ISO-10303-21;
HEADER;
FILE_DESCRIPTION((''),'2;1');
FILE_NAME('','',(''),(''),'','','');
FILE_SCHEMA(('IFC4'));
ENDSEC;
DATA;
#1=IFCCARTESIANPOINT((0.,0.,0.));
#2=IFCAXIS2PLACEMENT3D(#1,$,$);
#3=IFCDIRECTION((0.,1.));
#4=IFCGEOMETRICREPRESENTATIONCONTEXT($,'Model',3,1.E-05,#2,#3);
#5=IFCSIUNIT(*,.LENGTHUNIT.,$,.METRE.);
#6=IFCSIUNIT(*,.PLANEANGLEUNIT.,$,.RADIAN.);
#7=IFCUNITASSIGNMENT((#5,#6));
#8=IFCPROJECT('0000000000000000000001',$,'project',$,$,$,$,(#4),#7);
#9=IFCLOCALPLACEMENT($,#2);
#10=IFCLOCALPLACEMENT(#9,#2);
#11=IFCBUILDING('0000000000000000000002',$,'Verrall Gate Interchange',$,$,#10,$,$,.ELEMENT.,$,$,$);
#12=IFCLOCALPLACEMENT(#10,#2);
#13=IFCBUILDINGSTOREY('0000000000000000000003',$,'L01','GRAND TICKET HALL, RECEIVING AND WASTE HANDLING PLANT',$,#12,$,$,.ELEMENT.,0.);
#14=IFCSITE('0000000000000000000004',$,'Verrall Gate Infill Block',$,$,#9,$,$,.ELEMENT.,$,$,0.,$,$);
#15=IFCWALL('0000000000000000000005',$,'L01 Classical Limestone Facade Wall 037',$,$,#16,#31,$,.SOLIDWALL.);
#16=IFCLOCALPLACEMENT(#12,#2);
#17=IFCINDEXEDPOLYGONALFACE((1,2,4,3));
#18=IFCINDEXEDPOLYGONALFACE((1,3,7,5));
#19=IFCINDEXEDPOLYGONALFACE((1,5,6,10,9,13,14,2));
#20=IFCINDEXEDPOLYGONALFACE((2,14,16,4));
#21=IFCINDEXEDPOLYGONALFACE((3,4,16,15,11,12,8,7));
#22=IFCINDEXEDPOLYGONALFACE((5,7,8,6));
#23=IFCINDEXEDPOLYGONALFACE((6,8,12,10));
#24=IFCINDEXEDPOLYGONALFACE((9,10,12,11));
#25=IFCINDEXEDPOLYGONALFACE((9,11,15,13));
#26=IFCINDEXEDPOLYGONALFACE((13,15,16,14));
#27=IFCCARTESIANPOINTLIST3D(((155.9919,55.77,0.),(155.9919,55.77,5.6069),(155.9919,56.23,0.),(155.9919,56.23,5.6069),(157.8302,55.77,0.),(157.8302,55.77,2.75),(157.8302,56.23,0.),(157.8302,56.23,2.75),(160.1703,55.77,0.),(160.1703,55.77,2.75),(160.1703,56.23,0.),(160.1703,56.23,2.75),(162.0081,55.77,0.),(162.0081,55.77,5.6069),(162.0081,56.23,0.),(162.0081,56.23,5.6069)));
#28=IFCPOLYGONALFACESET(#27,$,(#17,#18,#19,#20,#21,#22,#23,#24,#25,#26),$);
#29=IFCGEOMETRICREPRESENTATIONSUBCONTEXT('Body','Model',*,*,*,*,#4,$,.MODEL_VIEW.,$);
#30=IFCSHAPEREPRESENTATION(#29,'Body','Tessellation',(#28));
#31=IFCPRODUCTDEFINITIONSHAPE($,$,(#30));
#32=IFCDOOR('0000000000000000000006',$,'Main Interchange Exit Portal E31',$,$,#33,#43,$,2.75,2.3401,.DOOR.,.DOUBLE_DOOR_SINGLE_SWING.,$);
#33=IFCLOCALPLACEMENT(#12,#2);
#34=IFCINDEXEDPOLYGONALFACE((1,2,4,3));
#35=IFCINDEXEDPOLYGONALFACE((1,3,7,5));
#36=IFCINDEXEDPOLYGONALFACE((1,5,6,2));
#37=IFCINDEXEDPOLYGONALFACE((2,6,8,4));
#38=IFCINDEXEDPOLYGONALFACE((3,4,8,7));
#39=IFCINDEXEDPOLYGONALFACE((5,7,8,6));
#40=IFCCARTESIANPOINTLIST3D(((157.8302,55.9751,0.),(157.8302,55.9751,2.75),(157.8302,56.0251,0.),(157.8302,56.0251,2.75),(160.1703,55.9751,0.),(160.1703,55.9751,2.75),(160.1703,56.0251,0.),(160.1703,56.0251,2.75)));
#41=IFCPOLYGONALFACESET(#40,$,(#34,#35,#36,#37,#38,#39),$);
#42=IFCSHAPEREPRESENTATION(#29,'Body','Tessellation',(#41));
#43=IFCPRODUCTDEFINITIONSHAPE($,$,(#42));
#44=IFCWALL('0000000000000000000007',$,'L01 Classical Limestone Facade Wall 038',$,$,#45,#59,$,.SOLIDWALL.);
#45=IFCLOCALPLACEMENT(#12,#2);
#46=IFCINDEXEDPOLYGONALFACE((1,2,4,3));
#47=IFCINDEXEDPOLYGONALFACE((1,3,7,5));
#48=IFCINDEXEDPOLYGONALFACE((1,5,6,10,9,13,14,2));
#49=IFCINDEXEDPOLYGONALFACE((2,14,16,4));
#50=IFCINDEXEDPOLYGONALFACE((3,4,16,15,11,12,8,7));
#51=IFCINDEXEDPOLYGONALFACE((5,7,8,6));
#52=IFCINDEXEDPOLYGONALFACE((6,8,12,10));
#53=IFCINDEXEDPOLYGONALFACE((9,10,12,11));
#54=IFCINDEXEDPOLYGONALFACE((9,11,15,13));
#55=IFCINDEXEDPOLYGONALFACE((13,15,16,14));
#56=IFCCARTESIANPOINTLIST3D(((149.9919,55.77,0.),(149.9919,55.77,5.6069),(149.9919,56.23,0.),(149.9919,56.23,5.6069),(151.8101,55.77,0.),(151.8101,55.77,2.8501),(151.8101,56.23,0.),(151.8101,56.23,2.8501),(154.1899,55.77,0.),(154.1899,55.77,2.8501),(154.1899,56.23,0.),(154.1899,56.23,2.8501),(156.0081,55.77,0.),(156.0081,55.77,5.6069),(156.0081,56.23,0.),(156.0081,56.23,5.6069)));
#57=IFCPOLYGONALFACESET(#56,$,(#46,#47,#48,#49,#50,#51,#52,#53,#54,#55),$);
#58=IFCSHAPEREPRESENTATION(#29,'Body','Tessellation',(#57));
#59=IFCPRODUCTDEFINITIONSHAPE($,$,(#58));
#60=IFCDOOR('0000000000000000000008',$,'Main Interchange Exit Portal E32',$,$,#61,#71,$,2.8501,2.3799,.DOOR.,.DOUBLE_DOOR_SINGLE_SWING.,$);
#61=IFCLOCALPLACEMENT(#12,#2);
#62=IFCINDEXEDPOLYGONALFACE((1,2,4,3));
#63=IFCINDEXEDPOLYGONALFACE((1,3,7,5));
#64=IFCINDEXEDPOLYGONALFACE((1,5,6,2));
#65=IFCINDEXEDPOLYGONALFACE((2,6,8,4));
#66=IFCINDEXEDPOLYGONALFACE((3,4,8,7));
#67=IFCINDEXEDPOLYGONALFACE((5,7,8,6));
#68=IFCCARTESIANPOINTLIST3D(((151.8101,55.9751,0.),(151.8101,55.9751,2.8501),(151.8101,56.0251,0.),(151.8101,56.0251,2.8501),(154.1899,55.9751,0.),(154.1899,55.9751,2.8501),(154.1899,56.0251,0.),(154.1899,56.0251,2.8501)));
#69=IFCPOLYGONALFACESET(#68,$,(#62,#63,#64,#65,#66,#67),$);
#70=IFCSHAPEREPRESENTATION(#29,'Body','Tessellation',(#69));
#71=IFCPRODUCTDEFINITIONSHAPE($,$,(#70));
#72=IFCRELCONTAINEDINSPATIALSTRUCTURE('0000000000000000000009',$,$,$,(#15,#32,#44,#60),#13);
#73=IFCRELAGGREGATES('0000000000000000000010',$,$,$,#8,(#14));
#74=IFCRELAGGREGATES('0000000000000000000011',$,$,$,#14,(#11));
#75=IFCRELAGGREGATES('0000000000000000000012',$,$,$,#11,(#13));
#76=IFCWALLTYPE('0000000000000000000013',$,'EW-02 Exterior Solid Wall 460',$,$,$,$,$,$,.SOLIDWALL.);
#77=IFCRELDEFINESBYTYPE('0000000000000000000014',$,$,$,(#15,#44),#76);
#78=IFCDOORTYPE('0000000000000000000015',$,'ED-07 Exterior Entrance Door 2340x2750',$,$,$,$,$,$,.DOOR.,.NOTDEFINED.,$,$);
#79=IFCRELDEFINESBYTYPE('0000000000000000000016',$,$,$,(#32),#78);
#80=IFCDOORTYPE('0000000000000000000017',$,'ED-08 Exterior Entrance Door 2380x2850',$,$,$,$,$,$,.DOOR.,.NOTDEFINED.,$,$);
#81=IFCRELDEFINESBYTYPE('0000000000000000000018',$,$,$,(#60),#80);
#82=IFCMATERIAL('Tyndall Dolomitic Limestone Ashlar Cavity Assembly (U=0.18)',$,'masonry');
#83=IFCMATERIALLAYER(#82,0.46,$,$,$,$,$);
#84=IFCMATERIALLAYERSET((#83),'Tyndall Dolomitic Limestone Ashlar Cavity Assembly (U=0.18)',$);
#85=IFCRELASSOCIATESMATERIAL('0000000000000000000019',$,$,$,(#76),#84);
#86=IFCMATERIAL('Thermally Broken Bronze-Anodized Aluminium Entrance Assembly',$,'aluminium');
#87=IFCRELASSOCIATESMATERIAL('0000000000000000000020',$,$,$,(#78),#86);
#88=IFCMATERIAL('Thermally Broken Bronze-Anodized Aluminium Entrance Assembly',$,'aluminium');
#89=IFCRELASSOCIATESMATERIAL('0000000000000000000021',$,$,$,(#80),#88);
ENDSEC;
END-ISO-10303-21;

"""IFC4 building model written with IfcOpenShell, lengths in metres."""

from ifc_helpers import new_model, si_unit, direction, frame, frame_2d, origin, place, context, subcontext, project, spatial, rectangle, extrude, material, layer, layer_set, type_object, element, fill, save


model = new_model("IFC4")

# Units and contexts
model_context = context("Model", 3, precision=1e-05, world=origin(), true_north=direction((0.0, 1.0)))
body_context = subcontext(model_context, "Body", "Model", "MODEL_VIEW")
ifc_project = project(units=[si_unit("LENGTHUNIT", "METRE"), si_unit("PLANEANGLEUNIT", "RADIAN")], contexts=[model_context])

# Site, building, storey
site_placement = place(None, origin())
site = spatial("IfcSite", under=ifc_project, at=site_placement, Name="Verrall Gate Infill Block", CompositionType="ELEMENT", RefElevation=0.0)
building_placement = place(site_placement, origin())
building = spatial("IfcBuilding", under=site, at=building_placement, Name="Verrall Gate Interchange", CompositionType="ELEMENT")
storey_placement = place(building_placement, origin())
storey = spatial("IfcBuildingStorey", under=building, at=storey_placement, Name="L01", Description="GRAND TICKET HALL, RECEIVING AND WASTE HANDLING PLANT", CompositionType="ELEMENT", Elevation=0.0)

# Walls, openings, doors
ifc_material_1 = material(Name="Tyndall Dolomitic Limestone Ashlar Cavity Assembly (U=0.18)", Category="masonry")
ifc_layer_1 = layer(ifc_material_1, 0.46)
ifc_layer_set_1 = layer_set([ifc_layer_1], Name="Tyndall Dolomitic Limestone Ashlar Cavity Assembly (U=0.18)")
wall_type = type_object("IfcWallType", Name="EW-02 Exterior Solid Wall 460", PredefinedType="SOLIDWALL", material=ifc_layer_set_1)
wall_1_placement = place(storey_placement, frame((162.0081, 56.0, 0.0), z_axis=(0.0, 0.0, 1.0), x_axis=(-1.0, 0.0, 0.0)))
wall_1 = element("IfcWall", 1, at=wall_1_placement, inside=storey, type_object=wall_type, Name="L01 Classical Limestone Facade Wall 037", PredefinedType="SOLIDWALL", context=body_context, shape_type="SweptSolid", body=[
    extrude(rectangle(XDim=6.0161, YDim=0.46, at=frame_2d((3.0081, 0.0))), origin(), (0.0, 0.0, 1.0), 5.6069),
])
opening_1_placement = place(wall_1_placement, frame((1.8379, 0.0, 0.0)))
opening_1 = element("IfcOpeningElement", 2, at=opening_1_placement, cuts=wall_1, PredefinedType="OPENING", context=body_context, shape_type="SweptSolid", body=[
    extrude(rectangle(XDim=2.3401, YDim=2.75, at=frame_2d((1.1699, 1.375))), frame((0.0, 0.2449, 0.0), z_axis=(0.0, -1.0, 0.0), x_axis=(1.0, 0.0, 0.0)), (0.0, 0.0, 1.0), 0.4897),
])
ifc_material_2 = material(Name="Thermally Broken Bronze-Anodized Aluminium Entrance Assembly", Category="aluminium")
door_type_1 = type_object("IfcDoorType", Name="ED-07 Exterior Entrance Door 2340x2750", OperationType="NOTDEFINED", PredefinedType="DOOR", material=ifc_material_2)
door_1_placement = place(opening_1_placement, origin())
door_1 = element("IfcDoor", 3, at=door_1_placement, inside=storey, type_object=door_type_1, Name="Main Interchange Exit Portal E31", OperationType="DOUBLE_DOOR_SINGLE_SWING", OverallHeight=2.75, OverallWidth=2.3401, PredefinedType="DOOR", context=body_context, shape_type="SweptSolid", body=[
    extrude(rectangle(XDim=2.3401, YDim=2.75, at=frame_2d((1.1699, 1.375))), frame((0.0, 0.0249, 0.0), z_axis=(0.0, -1.0, 0.0), x_axis=(1.0, 0.0, 0.0)), (0.0, 0.0, 1.0), 0.05),
])
fill(opening_1, door_1)
wall_2_placement = place(storey_placement, frame((156.0081, 56.0, 0.0), z_axis=(0.0, 0.0, 1.0), x_axis=(-1.0, 0.0, 0.0)))
wall_2 = element("IfcWall", 4, at=wall_2_placement, inside=storey, type_object=wall_type, Name="L01 Classical Limestone Facade Wall 038", PredefinedType="SOLIDWALL", context=body_context, shape_type="SweptSolid", body=[
    extrude(rectangle(XDim=6.0161, YDim=0.46, at=frame_2d((3.0081, 0.0))), origin(), (0.0, 0.0, 1.0), 5.6069),
])
opening_2_placement = place(wall_2_placement, frame((1.8181, 0.0, 0.0)))
opening_2 = element("IfcOpeningElement", 5, at=opening_2_placement, cuts=wall_2, PredefinedType="OPENING", context=body_context, shape_type="SweptSolid", body=[
    extrude(rectangle(XDim=2.3799, YDim=2.8501, at=frame_2d((1.1899, 1.425))), frame((0.0, 0.2449, 0.0), z_axis=(0.0, -1.0, 0.0), x_axis=(1.0, 0.0, 0.0)), (0.0, 0.0, 1.0), 0.4897),
])
ifc_material_3 = material(Name="Thermally Broken Bronze-Anodized Aluminium Entrance Assembly", Category="aluminium")
door_type_2 = type_object("IfcDoorType", Name="ED-08 Exterior Entrance Door 2380x2850", OperationType="NOTDEFINED", PredefinedType="DOOR", material=ifc_material_3)
door_2_placement = place(opening_2_placement, origin())
door_2 = element("IfcDoor", 6, at=door_2_placement, inside=storey, type_object=door_type_2, Name="Main Interchange Exit Portal E32", OperationType="DOUBLE_DOOR_SINGLE_SWING", OverallHeight=2.8501, OverallWidth=2.3799, PredefinedType="DOOR", context=body_context, shape_type="SweptSolid", body=[
    extrude(rectangle(XDim=2.3799, YDim=2.8501, at=frame_2d((1.1899, 1.425))), frame((0.0, 0.0249, 0.0), z_axis=(0.0, -1.0, 0.0), x_axis=(1.0, 0.0, 0.0)), (0.0, 0.0, 1.0), 0.05),
])
fill(opening_2, door_2)

save(model, "model.ifc")
